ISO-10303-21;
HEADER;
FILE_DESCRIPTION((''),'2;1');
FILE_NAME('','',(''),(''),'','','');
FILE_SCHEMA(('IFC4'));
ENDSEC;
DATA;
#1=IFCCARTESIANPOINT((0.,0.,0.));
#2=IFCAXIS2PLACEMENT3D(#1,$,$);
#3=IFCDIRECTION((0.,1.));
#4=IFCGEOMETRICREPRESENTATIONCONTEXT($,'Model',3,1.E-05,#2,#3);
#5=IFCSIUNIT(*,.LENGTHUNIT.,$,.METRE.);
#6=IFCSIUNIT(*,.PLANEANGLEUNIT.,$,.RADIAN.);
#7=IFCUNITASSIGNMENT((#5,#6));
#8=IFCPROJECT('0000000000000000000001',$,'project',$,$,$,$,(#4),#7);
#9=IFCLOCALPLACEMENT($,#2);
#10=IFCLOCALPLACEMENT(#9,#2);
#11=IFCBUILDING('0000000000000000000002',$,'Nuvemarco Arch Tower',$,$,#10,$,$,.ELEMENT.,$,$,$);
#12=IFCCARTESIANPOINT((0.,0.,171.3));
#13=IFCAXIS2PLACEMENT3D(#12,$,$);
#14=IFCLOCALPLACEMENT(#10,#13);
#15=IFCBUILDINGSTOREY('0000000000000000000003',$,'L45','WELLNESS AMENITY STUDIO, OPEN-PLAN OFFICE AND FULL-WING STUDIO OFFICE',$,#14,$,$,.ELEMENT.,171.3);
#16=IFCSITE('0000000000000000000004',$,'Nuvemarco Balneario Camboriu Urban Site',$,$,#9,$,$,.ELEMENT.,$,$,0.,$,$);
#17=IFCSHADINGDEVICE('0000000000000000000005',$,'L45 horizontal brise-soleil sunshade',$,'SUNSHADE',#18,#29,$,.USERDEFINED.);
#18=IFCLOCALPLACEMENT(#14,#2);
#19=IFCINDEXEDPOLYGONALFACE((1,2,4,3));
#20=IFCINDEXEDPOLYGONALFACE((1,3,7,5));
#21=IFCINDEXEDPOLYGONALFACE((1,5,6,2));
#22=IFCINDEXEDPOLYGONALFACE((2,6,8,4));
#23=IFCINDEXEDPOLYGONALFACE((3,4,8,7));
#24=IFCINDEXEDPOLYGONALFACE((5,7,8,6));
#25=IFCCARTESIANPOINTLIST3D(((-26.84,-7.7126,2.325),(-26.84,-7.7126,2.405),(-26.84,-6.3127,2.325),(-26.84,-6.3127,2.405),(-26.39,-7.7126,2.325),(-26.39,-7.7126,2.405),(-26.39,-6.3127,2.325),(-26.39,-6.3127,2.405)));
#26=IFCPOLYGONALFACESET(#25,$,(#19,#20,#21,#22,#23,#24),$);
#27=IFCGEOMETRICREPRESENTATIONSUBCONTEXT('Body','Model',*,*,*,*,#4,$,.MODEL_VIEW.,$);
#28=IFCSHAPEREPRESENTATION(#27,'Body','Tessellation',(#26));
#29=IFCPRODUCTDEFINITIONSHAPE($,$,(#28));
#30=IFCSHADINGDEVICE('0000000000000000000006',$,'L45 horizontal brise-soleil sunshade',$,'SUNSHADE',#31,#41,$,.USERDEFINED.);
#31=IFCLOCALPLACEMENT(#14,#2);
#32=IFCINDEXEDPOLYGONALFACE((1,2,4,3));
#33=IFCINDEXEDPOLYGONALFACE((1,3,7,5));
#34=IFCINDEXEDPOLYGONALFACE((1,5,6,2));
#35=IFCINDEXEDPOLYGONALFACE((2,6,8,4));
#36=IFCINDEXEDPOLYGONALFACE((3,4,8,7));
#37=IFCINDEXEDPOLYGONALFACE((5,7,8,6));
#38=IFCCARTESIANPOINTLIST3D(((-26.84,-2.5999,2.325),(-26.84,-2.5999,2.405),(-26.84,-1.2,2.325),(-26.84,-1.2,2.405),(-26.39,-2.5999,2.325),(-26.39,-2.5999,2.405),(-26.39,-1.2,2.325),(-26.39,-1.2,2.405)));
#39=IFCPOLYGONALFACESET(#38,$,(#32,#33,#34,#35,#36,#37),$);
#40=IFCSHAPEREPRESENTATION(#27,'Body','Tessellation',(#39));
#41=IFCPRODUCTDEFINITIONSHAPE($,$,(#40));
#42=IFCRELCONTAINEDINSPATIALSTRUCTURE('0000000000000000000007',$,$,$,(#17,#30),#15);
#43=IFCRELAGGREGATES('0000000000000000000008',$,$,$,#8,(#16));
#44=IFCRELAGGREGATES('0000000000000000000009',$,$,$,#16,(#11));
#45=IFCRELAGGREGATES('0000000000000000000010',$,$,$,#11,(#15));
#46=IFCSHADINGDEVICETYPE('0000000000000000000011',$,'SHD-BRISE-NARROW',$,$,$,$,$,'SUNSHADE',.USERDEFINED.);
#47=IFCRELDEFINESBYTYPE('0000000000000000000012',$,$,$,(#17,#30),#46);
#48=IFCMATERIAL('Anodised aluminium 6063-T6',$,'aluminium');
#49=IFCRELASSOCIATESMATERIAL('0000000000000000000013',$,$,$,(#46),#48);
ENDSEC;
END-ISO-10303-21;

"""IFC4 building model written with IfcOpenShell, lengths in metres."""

from ifc_helpers import new_model, si_unit, direction, frame, origin, origin_2d, place, context, subcontext, project, spatial, rectangle, extrude, source, transform, mapped, material, type_object, type_shapes, element, save


model = new_model("IFC4")

# Units and contexts
model_context = context("Model", 3, precision=1e-05, world=origin(), true_north=direction((0.0, 1.0)))
body_context = subcontext(model_context, "Body", "Model", "MODEL_VIEW")
ifc_project = project(units=[si_unit("LENGTHUNIT", "METRE"), si_unit("PLANEANGLEUNIT", "RADIAN")], contexts=[model_context])

# Site, building, storey
site_placement = place(None, origin())
site = spatial("IfcSite", under=ifc_project, at=site_placement, Name="Nuvemarco Balneario Camboriu Urban Site", CompositionType="ELEMENT", RefElevation=0.0)
building_placement = place(site_placement, origin())
building = spatial("IfcBuilding", under=site, at=building_placement, Name="Nuvemarco Arch Tower", CompositionType="ELEMENT")
storey_placement = place(building_placement, frame((0.0, 0.0, 171.3)))
storey = spatial("IfcBuildingStorey", under=building, at=storey_placement, Name="L45", Description="WELLNESS AMENITY STUDIO, OPEN-PLAN OFFICE AND FULL-WING STUDIO OFFICE", CompositionType="ELEMENT", Elevation=171.3)

# Shading devices
ifc_material_1 = material(Name="Anodised aluminium 6063-T6", Category="aluminium")
shading_device_type = type_object("IfcShadingDeviceType", Name="SHD-BRISE-NARROW", ElementType="SUNSHADE", PredefinedType="USERDEFINED", material=ifc_material_1)
shared_shape = source(origin(), body_context, "Body", "SweptSolid", [
    extrude(rectangle(XDim=1.3999, YDim=0.45, at=origin_2d()), origin(), (0.0, 0.0, 1.0), 0.0801),
])
type_shapes(shading_device_type, [shared_shape])
for number, where, z_axis, x_axis, name in (
    (1, (-26.615, -7.0127, 2.325), (0.0, 0.0, 1.0), (0.0, 1.0, 0.0), "L45 horizontal brise-soleil sunshade"),
    (2, (-26.615, -1.8999, 2.325), (0.0, 0.0, 1.0), (0.0, 1.0, 0.0), "L45 horizontal brise-soleil sunshade"),
):
    element("IfcShadingDevice", number, at=place(storey_placement, frame(where, z_axis=z_axis, x_axis=x_axis)), inside=storey, type_object=shading_device_type, Name=name, ObjectType="SUNSHADE", PredefinedType="USERDEFINED", context=body_context, shape_type="MappedRepresentation", body=[
        mapped(shared_shape, transform((0.0, 0.0, 0.0), scale=1.0)),
    ])

save(model, "model.ifc")
